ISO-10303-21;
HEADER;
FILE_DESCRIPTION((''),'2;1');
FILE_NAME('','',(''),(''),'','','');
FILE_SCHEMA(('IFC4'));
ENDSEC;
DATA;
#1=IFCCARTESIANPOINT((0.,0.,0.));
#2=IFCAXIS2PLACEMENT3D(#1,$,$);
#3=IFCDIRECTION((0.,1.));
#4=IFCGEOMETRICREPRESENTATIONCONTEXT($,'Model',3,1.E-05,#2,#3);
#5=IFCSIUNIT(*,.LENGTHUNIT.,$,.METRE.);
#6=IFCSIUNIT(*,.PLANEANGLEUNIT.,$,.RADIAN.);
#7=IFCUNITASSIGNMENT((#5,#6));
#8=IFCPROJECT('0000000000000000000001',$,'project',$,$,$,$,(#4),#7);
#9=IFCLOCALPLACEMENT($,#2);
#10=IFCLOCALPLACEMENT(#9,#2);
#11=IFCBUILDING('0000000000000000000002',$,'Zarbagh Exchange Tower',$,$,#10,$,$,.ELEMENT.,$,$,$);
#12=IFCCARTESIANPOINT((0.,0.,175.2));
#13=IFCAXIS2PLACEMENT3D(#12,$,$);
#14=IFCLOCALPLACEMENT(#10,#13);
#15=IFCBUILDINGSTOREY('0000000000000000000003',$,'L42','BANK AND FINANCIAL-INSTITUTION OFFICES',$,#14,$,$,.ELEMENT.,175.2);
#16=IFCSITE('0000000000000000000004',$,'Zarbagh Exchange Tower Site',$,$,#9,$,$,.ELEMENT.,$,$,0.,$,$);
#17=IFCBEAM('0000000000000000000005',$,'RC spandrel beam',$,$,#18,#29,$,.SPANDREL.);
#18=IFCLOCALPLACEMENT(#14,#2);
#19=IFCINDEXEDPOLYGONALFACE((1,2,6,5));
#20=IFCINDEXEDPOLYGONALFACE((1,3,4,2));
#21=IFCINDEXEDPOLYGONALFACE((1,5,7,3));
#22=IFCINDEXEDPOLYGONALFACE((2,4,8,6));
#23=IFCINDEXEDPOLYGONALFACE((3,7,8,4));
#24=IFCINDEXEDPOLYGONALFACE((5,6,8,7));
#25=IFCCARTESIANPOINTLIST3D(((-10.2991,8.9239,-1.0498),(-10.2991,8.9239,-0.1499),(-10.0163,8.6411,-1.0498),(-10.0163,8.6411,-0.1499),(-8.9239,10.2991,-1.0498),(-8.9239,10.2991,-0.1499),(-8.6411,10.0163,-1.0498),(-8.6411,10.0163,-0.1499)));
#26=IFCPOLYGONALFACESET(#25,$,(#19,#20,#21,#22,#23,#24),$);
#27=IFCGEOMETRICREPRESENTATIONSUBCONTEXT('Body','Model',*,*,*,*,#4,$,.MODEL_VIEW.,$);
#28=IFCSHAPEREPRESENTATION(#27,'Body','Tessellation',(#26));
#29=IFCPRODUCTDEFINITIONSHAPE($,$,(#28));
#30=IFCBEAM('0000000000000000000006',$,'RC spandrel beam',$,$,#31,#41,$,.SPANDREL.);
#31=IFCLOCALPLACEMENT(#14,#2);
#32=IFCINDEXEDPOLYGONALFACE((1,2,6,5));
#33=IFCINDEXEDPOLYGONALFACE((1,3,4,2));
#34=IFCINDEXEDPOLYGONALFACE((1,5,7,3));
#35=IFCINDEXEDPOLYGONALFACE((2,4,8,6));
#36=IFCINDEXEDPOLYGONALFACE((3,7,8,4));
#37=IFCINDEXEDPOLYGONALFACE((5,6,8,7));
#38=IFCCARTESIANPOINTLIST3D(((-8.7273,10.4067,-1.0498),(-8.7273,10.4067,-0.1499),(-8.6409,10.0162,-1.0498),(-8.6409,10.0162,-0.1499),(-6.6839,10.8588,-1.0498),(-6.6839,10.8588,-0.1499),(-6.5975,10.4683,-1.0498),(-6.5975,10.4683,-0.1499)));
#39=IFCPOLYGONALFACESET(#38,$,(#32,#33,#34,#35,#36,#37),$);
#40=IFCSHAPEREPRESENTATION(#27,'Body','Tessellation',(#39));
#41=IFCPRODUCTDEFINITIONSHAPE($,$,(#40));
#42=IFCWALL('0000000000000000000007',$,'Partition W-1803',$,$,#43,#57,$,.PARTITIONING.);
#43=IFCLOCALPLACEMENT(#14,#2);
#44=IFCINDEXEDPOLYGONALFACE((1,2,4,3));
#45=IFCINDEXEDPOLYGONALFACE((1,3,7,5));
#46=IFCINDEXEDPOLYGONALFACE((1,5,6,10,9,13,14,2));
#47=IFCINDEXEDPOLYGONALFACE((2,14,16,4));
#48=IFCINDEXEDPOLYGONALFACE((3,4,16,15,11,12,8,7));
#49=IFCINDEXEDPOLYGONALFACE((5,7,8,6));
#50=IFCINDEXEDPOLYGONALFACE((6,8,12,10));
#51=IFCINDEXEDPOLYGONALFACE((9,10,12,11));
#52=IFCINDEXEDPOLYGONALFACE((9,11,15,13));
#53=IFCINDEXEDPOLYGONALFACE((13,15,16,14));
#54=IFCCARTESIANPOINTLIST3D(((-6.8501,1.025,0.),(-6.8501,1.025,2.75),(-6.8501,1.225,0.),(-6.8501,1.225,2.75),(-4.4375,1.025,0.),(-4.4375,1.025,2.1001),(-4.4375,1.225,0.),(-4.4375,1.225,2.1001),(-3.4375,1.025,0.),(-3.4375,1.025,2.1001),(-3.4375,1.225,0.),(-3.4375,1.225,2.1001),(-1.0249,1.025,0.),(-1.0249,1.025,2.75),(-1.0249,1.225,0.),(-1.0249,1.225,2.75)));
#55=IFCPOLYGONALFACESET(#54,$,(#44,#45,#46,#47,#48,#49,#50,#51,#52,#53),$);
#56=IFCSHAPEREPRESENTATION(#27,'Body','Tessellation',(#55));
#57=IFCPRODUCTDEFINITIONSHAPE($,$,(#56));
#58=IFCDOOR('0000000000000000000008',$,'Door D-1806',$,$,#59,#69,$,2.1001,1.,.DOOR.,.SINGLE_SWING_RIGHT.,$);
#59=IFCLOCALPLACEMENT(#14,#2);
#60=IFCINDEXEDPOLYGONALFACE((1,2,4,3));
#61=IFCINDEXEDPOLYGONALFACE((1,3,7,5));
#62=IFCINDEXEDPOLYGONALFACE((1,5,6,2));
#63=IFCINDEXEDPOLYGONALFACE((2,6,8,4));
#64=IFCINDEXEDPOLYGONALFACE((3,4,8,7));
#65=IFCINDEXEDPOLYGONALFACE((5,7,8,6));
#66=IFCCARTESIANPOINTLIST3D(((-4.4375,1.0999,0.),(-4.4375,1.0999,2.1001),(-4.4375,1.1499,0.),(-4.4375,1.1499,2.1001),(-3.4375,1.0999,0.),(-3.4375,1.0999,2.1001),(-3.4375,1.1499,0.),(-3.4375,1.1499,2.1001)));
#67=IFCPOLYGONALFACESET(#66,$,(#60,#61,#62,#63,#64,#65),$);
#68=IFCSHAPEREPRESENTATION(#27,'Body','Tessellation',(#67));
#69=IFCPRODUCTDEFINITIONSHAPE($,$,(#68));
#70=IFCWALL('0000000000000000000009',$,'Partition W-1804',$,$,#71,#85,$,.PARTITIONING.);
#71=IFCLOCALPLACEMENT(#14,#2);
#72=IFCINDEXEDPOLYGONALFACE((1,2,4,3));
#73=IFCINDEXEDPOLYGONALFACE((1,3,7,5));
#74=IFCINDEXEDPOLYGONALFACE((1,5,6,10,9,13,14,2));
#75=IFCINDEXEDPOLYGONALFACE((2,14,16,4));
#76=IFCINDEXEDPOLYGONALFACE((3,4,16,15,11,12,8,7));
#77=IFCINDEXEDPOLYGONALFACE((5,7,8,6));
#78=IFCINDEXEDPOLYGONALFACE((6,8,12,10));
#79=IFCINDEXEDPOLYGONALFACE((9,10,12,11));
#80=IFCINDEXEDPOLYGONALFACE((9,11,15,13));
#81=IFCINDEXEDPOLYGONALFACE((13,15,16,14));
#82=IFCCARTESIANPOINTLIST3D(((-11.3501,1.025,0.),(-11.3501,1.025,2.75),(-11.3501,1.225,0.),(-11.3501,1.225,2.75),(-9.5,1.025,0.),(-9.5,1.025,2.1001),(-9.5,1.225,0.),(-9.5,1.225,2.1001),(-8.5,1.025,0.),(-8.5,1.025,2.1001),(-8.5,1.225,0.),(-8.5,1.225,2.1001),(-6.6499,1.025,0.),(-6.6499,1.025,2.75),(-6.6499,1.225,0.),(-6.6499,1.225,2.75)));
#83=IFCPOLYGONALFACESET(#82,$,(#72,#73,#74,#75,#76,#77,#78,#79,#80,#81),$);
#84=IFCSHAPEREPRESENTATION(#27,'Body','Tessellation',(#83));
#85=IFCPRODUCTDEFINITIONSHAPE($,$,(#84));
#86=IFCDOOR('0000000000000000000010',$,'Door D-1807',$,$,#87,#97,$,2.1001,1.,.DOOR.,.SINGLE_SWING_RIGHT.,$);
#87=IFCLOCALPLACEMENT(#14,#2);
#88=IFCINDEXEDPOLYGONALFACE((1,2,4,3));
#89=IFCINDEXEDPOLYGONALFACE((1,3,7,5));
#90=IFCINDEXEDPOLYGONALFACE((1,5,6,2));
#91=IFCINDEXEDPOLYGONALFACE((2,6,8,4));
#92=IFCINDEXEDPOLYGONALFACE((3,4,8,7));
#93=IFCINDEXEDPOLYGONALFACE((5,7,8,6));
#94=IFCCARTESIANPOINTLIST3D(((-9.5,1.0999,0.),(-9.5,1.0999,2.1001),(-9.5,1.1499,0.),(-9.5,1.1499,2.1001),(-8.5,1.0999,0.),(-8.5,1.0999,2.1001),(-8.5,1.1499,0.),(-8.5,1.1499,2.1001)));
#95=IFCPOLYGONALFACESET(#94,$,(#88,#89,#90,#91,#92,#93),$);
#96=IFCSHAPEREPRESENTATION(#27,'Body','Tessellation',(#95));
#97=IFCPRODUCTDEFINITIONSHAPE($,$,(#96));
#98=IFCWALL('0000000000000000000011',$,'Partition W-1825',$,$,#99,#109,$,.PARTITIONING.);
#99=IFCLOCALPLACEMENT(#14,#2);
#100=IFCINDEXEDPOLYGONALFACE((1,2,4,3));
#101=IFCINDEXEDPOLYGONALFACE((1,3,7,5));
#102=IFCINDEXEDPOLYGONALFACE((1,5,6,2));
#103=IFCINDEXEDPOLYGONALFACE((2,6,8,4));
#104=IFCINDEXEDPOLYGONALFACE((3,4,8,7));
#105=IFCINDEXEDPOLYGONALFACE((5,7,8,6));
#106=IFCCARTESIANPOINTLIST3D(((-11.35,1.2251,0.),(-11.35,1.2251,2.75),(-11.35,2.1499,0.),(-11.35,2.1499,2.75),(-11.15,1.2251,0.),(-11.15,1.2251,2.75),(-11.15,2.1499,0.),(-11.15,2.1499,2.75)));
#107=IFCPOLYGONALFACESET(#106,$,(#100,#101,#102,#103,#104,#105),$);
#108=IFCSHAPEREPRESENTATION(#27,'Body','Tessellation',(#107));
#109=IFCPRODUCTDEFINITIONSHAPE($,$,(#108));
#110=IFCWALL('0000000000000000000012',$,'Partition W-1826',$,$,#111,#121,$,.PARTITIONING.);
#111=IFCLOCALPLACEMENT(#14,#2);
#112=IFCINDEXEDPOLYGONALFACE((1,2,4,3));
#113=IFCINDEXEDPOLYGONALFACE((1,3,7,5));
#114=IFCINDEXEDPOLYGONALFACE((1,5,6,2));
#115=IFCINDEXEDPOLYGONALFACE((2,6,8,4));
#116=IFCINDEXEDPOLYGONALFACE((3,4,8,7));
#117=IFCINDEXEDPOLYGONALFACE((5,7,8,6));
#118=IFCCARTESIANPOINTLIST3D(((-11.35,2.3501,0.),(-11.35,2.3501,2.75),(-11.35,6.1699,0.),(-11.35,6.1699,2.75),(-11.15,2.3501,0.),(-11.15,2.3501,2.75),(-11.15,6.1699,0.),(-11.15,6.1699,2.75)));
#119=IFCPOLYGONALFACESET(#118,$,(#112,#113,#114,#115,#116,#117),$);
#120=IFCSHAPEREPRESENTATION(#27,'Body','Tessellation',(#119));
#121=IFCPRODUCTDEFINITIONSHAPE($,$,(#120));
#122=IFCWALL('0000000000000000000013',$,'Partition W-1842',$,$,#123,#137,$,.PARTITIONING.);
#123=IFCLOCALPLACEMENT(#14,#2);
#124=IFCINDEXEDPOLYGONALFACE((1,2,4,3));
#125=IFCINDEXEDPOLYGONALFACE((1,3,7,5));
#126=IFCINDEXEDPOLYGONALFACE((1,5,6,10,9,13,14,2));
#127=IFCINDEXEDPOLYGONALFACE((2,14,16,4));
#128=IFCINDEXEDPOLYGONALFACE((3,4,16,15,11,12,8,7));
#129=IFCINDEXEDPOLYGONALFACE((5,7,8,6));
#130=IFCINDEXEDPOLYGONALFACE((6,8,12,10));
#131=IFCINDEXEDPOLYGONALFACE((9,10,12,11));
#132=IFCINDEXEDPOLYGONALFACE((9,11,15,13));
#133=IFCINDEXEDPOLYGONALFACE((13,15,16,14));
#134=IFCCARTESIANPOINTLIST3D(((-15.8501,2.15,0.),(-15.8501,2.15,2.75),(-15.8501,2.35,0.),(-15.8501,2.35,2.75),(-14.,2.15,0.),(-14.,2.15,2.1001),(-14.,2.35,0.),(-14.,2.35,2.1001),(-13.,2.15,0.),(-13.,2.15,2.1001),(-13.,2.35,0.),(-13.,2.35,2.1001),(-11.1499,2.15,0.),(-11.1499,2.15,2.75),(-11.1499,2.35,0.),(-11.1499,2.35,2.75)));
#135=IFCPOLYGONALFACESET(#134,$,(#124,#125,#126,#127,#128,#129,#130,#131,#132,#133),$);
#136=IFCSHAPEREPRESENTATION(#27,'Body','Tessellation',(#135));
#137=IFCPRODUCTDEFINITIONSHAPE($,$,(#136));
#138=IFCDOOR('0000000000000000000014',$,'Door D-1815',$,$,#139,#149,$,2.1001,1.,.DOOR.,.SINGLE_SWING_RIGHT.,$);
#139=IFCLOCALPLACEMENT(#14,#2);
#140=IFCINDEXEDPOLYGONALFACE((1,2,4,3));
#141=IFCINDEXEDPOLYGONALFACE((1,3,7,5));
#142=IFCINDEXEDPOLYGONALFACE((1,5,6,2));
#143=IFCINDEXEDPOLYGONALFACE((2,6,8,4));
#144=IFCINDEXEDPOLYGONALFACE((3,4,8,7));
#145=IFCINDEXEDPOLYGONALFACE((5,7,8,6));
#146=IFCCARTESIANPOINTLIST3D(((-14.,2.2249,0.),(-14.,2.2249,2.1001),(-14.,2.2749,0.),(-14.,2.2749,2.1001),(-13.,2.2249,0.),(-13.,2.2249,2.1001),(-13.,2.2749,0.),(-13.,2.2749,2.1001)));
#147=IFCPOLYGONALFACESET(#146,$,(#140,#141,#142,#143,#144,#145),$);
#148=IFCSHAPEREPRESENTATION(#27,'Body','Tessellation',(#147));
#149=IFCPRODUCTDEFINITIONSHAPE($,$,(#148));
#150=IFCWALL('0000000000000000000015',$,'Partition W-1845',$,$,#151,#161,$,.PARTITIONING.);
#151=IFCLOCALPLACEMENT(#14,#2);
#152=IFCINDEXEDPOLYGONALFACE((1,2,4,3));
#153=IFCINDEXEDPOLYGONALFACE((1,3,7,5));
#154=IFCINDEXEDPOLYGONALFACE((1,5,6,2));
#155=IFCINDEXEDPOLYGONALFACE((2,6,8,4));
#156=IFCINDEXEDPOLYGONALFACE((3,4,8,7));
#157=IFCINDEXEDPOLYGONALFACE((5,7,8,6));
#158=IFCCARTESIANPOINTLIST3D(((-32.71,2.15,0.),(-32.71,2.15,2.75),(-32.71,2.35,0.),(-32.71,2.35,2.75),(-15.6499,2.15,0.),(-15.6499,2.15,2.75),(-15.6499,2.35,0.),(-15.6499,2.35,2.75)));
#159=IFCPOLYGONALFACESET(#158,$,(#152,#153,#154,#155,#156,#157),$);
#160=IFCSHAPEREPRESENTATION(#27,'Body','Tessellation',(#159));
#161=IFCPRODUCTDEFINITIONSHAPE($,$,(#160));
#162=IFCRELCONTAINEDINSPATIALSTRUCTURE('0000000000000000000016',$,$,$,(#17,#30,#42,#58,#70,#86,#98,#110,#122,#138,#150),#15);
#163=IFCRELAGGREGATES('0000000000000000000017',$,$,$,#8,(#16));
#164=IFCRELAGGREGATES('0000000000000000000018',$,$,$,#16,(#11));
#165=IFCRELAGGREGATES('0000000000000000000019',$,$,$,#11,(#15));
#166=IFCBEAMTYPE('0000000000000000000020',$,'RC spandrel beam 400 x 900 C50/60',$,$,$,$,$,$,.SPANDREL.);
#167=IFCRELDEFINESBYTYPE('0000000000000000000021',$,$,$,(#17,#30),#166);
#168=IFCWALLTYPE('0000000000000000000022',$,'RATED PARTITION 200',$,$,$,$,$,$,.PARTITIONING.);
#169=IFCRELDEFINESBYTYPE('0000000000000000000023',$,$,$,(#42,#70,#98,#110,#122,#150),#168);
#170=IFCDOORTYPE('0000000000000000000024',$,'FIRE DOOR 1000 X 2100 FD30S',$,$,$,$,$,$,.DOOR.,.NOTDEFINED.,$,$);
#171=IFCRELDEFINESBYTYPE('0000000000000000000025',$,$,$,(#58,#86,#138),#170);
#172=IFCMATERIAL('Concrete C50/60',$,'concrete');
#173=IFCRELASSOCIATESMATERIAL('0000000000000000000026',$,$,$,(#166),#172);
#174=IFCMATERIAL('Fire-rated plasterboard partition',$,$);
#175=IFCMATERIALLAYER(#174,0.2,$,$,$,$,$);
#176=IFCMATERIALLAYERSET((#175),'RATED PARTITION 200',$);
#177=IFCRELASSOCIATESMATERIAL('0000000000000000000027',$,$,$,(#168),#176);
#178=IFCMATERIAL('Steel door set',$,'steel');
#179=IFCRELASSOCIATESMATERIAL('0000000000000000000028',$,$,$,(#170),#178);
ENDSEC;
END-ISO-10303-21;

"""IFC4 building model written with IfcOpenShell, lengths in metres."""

from ifc_helpers import new_model, si_unit, direction, frame, frame_2d, origin, origin_2d, place, context, subcontext, project, spatial, rectangle, extrude, material, layer, layer_set, material_profile, profile_set, type_object, element, fill, save


model = new_model("IFC4")

# Units and contexts
model_context = context("Model", 3, precision=1e-05, world=origin(), true_north=direction((0.0, 1.0)))
body_context = subcontext(model_context, "Body", "Model", "MODEL_VIEW")
ifc_project = project(units=[si_unit("LENGTHUNIT", "METRE"), si_unit("PLANEANGLEUNIT", "RADIAN")], contexts=[model_context])

# Site, building, storey
site_placement = place(None, origin())
site = spatial("IfcSite", under=ifc_project, at=site_placement, Name="Zarbagh Exchange Tower Site", CompositionType="ELEMENT", RefElevation=0.0)
building_placement = place(site_placement, origin())
building = spatial("IfcBuilding", under=site, at=building_placement, Name="Zarbagh Exchange Tower", CompositionType="ELEMENT")
storey_placement = place(building_placement, frame((0.0, 0.0, 175.2)))
storey = spatial("IfcBuildingStorey", under=building, at=storey_placement, Name="L42", Description="BANK AND FINANCIAL-INSTITUTION OFFICES", CompositionType="ELEMENT", Elevation=175.2)

# Shared definitions
ifc_material_1 = material(Name="Concrete C50/60", Category="concrete")

# Beams
ifc_material_profile_1 = material_profile(ifc_material_1, rectangle(XDim=0.3999, YDim=0.8999, at=origin_2d()), Name="RC spandrel beam 400 x 900 C50/60")
ifc_profile_set_1 = profile_set([ifc_material_profile_1], Name="Concrete C50/60")
beam_type_1 = type_object("IfcBeamType", Name="RC spandrel beam 400 x 900 C50/60", PredefinedType="SPANDREL", material=ifc_profile_set_1)
beam_1_placement = place(storey_placement, frame((-10.1577, 8.7825, -0.5999), z_axis=(0.707107, 0.707107, 0.0), x_axis=(-0.707107, 0.707107, 0.0)))
element("IfcBeam", 1, at=beam_1_placement, inside=storey, type_object=beam_type_1, Name="RC spandrel beam", PredefinedType="SPANDREL", context=body_context, shape_type="SweptSolid", body=[
    extrude(rectangle(XDim=0.3999, YDim=0.8999, at=origin_2d()), origin(), (0.0, 0.0, 1.0), 1.9448),
])
beam_2_placement = place(storey_placement, frame((-8.6841, 10.2114, -0.5999), z_axis=(0.976384, 0.216041, 0.0), x_axis=(-0.216041, 0.976384, 0.0)))
element("IfcBeam", 2, at=beam_2_placement, inside=storey, type_object=beam_type_1, Name="RC spandrel beam", PredefinedType="SPANDREL", context=body_context, shape_type="SweptSolid", body=[
    extrude(rectangle(XDim=0.3999, YDim=0.8999, at=origin_2d()), origin(), (0.0, 0.0, 1.0), 2.0928),
])

# Walls, openings, doors
ifc_material_2 = material(Name="Fire-rated plasterboard partition")
ifc_layer = layer(ifc_material_2, 0.2)
ifc_layer_set = layer_set([ifc_layer], Name="RATED PARTITION 200")
wall_type = type_object("IfcWallType", Name="RATED PARTITION 200", PredefinedType="PARTITIONING", material=ifc_layer_set)
wall_1_placement = place(storey_placement, frame((-6.8501, 1.125, 0.0), z_axis=(0.0, 0.0, 1.0), x_axis=(1.0, 0.0, 0.0)))
wall_1 = element("IfcWall", 3, at=wall_1_placement, inside=storey, type_object=wall_type, Name="Partition W-1803", PredefinedType="PARTITIONING", context=body_context, shape_type="SweptSolid", body=[
    extrude(rectangle(XDim=5.8252, YDim=0.2, at=frame_2d((2.9126, 0.0))), origin(), (0.0, 0.0, 1.0), 2.75),
])
opening_1_placement = place(wall_1_placement, frame((2.4126, 0.0, 0.0)))
opening_1 = element("IfcOpeningElement", 4, at=opening_1_placement, cuts=wall_1, PredefinedType="OPENING", context=body_context, shape_type="SweptSolid", body=[
    extrude(rectangle(XDim=1.0, YDim=2.1001, at=frame_2d((0.5, 1.05))), frame((0.0, 0.1099, 0.0), z_axis=(0.0, -1.0, 0.0), x_axis=(1.0, 0.0, 0.0)), (0.0, 0.0, 1.0), 0.22),
])
ifc_material_3 = material(Name="Steel door set", Category="steel")
door_type = type_object("IfcDoorType", Name="FIRE DOOR 1000 X 2100 FD30S", OperationType="NOTDEFINED", PredefinedType="DOOR", material=ifc_material_3)
door_1_placement = place(opening_1_placement, origin())
door_1 = element("IfcDoor", 5, at=door_1_placement, inside=storey, type_object=door_type, Name="Door D-1806", OperationType="SINGLE_SWING_RIGHT", OverallHeight=2.1001, OverallWidth=1.0, PredefinedType="DOOR", context=body_context, shape_type="SweptSolid", body=[
    extrude(rectangle(XDim=1.0, YDim=2.1001, at=frame_2d((0.5, 1.05))), frame((0.0, 0.0249, 0.0), z_axis=(0.0, -1.0, 0.0), x_axis=(1.0, 0.0, 0.0)), (0.0, 0.0, 1.0), 0.05),
])
fill(opening_1, door_1)
wall_2_placement = place(storey_placement, frame((-11.3501, 1.125, 0.0), z_axis=(0.0, 0.0, 1.0), x_axis=(1.0, 0.0, 0.0)))
wall_2 = element("IfcWall", 6, at=wall_2_placement, inside=storey, type_object=wall_type, Name="Partition W-1804", PredefinedType="PARTITIONING", context=body_context, shape_type="SweptSolid", body=[
    extrude(rectangle(XDim=4.7002, YDim=0.2, at=frame_2d((2.3501, 0.0))), origin(), (0.0, 0.0, 1.0), 2.75),
])
opening_2_placement = place(wall_2_placement, frame((1.8501, 0.0, 0.0)))
opening_2 = element("IfcOpeningElement", 7, at=opening_2_placement, cuts=wall_2, PredefinedType="OPENING", context=body_context, shape_type="SweptSolid", body=[
    extrude(rectangle(XDim=1.0, YDim=2.1001, at=frame_2d((0.5, 1.05))), frame((0.0, 0.1099, 0.0), z_axis=(0.0, -1.0, 0.0), x_axis=(1.0, 0.0, 0.0)), (0.0, 0.0, 1.0), 0.22),
])
door_2_placement = place(opening_2_placement, origin())
door_2 = element("IfcDoor", 8, at=door_2_placement, inside=storey, type_object=door_type, Name="Door D-1807", OperationType="SINGLE_SWING_RIGHT", OverallHeight=2.1001, OverallWidth=1.0, PredefinedType="DOOR", context=body_context, shape_type="SweptSolid", body=[
    extrude(rectangle(XDim=1.0, YDim=2.1001, at=frame_2d((0.5, 1.05))), frame((0.0, 0.0249, 0.0), z_axis=(0.0, -1.0, 0.0), x_axis=(1.0, 0.0, 0.0)), (0.0, 0.0, 1.0), 0.05),
])
fill(opening_2, door_2)

# Walls
wall_3_placement = place(storey_placement, frame((-11.25, 1.2251, 0.0), z_axis=(0.0, 0.0, 1.0), x_axis=(0.0, 1.0, 0.0)))
element("IfcWall", 9, at=wall_3_placement, inside=storey, type_object=wall_type, Name="Partition W-1825", PredefinedType="PARTITIONING", context=body_context, shape_type="SweptSolid", body=[
    extrude(rectangle(XDim=0.9248, YDim=0.2, at=frame_2d((0.4624, 0.0))), origin(), (0.0, 0.0, 1.0), 2.75),
])
wall_4_placement = place(storey_placement, frame((-11.25, 2.3501, 0.0), z_axis=(0.0, 0.0, 1.0), x_axis=(0.0, 1.0, 0.0)))
element("IfcWall", 10, at=wall_4_placement, inside=storey, type_object=wall_type, Name="Partition W-1826", PredefinedType="PARTITIONING", context=body_context, shape_type="SweptSolid", body=[
    extrude(rectangle(XDim=3.8198, YDim=0.2, at=frame_2d((1.9099, 0.0))), origin(), (0.0, 0.0, 1.0), 2.75),
])

# Wall, opening, door
wall_5_placement = place(storey_placement, frame((-15.8501, 2.25, 0.0), z_axis=(0.0, 0.0, 1.0), x_axis=(1.0, 0.0, 0.0)))
wall_5 = element("IfcWall", 11, at=wall_5_placement, inside=storey, type_object=wall_type, Name="Partition W-1842", PredefinedType="PARTITIONING", context=body_context, shape_type="SweptSolid", body=[
    extrude(rectangle(XDim=4.7002, YDim=0.2, at=frame_2d((2.3501, 0.0))), origin(), (0.0, 0.0, 1.0), 2.75),
])
opening_3_placement = place(wall_5_placement, frame((1.8501, 0.0, 0.0)))
opening_3 = element("IfcOpeningElement", 12, at=opening_3_placement, cuts=wall_5, PredefinedType="OPENING", context=body_context, shape_type="SweptSolid", body=[
    extrude(rectangle(XDim=1.0, YDim=2.1001, at=frame_2d((0.5, 1.05))), frame((0.0, 0.1099, 0.0), z_axis=(0.0, -1.0, 0.0), x_axis=(1.0, 0.0, 0.0)), (0.0, 0.0, 1.0), 0.22),
])
door_3_placement = place(opening_3_placement, origin())
door_3 = element("IfcDoor", 13, at=door_3_placement, inside=storey, type_object=door_type, Name="Door D-1815", OperationType="SINGLE_SWING_RIGHT", OverallHeight=2.1001, OverallWidth=1.0, PredefinedType="DOOR", context=body_context, shape_type="SweptSolid", body=[
    extrude(rectangle(XDim=1.0, YDim=2.1001, at=frame_2d((0.5, 1.05))), frame((0.0, 0.0249, 0.0), z_axis=(0.0, -1.0, 0.0), x_axis=(1.0, 0.0, 0.0)), (0.0, 0.0, 1.0), 0.05),
])
fill(opening_3, door_3)

# Wall
wall_6_placement = place(storey_placement, frame((-32.71, 2.25, 0.0), z_axis=(0.0, 0.0, 1.0), x_axis=(1.0, 0.0, 0.0)))
element("IfcWall", 14, at=wall_6_placement, inside=storey, type_object=wall_type, Name="Partition W-1845", PredefinedType="PARTITIONING", context=body_context, shape_type="SweptSolid", body=[
    extrude(rectangle(XDim=17.0601, YDim=0.2, at=frame_2d((8.53, 0.0))), origin(), (0.0, 0.0, 1.0), 2.75),
])

save(model, "model.ifc")
